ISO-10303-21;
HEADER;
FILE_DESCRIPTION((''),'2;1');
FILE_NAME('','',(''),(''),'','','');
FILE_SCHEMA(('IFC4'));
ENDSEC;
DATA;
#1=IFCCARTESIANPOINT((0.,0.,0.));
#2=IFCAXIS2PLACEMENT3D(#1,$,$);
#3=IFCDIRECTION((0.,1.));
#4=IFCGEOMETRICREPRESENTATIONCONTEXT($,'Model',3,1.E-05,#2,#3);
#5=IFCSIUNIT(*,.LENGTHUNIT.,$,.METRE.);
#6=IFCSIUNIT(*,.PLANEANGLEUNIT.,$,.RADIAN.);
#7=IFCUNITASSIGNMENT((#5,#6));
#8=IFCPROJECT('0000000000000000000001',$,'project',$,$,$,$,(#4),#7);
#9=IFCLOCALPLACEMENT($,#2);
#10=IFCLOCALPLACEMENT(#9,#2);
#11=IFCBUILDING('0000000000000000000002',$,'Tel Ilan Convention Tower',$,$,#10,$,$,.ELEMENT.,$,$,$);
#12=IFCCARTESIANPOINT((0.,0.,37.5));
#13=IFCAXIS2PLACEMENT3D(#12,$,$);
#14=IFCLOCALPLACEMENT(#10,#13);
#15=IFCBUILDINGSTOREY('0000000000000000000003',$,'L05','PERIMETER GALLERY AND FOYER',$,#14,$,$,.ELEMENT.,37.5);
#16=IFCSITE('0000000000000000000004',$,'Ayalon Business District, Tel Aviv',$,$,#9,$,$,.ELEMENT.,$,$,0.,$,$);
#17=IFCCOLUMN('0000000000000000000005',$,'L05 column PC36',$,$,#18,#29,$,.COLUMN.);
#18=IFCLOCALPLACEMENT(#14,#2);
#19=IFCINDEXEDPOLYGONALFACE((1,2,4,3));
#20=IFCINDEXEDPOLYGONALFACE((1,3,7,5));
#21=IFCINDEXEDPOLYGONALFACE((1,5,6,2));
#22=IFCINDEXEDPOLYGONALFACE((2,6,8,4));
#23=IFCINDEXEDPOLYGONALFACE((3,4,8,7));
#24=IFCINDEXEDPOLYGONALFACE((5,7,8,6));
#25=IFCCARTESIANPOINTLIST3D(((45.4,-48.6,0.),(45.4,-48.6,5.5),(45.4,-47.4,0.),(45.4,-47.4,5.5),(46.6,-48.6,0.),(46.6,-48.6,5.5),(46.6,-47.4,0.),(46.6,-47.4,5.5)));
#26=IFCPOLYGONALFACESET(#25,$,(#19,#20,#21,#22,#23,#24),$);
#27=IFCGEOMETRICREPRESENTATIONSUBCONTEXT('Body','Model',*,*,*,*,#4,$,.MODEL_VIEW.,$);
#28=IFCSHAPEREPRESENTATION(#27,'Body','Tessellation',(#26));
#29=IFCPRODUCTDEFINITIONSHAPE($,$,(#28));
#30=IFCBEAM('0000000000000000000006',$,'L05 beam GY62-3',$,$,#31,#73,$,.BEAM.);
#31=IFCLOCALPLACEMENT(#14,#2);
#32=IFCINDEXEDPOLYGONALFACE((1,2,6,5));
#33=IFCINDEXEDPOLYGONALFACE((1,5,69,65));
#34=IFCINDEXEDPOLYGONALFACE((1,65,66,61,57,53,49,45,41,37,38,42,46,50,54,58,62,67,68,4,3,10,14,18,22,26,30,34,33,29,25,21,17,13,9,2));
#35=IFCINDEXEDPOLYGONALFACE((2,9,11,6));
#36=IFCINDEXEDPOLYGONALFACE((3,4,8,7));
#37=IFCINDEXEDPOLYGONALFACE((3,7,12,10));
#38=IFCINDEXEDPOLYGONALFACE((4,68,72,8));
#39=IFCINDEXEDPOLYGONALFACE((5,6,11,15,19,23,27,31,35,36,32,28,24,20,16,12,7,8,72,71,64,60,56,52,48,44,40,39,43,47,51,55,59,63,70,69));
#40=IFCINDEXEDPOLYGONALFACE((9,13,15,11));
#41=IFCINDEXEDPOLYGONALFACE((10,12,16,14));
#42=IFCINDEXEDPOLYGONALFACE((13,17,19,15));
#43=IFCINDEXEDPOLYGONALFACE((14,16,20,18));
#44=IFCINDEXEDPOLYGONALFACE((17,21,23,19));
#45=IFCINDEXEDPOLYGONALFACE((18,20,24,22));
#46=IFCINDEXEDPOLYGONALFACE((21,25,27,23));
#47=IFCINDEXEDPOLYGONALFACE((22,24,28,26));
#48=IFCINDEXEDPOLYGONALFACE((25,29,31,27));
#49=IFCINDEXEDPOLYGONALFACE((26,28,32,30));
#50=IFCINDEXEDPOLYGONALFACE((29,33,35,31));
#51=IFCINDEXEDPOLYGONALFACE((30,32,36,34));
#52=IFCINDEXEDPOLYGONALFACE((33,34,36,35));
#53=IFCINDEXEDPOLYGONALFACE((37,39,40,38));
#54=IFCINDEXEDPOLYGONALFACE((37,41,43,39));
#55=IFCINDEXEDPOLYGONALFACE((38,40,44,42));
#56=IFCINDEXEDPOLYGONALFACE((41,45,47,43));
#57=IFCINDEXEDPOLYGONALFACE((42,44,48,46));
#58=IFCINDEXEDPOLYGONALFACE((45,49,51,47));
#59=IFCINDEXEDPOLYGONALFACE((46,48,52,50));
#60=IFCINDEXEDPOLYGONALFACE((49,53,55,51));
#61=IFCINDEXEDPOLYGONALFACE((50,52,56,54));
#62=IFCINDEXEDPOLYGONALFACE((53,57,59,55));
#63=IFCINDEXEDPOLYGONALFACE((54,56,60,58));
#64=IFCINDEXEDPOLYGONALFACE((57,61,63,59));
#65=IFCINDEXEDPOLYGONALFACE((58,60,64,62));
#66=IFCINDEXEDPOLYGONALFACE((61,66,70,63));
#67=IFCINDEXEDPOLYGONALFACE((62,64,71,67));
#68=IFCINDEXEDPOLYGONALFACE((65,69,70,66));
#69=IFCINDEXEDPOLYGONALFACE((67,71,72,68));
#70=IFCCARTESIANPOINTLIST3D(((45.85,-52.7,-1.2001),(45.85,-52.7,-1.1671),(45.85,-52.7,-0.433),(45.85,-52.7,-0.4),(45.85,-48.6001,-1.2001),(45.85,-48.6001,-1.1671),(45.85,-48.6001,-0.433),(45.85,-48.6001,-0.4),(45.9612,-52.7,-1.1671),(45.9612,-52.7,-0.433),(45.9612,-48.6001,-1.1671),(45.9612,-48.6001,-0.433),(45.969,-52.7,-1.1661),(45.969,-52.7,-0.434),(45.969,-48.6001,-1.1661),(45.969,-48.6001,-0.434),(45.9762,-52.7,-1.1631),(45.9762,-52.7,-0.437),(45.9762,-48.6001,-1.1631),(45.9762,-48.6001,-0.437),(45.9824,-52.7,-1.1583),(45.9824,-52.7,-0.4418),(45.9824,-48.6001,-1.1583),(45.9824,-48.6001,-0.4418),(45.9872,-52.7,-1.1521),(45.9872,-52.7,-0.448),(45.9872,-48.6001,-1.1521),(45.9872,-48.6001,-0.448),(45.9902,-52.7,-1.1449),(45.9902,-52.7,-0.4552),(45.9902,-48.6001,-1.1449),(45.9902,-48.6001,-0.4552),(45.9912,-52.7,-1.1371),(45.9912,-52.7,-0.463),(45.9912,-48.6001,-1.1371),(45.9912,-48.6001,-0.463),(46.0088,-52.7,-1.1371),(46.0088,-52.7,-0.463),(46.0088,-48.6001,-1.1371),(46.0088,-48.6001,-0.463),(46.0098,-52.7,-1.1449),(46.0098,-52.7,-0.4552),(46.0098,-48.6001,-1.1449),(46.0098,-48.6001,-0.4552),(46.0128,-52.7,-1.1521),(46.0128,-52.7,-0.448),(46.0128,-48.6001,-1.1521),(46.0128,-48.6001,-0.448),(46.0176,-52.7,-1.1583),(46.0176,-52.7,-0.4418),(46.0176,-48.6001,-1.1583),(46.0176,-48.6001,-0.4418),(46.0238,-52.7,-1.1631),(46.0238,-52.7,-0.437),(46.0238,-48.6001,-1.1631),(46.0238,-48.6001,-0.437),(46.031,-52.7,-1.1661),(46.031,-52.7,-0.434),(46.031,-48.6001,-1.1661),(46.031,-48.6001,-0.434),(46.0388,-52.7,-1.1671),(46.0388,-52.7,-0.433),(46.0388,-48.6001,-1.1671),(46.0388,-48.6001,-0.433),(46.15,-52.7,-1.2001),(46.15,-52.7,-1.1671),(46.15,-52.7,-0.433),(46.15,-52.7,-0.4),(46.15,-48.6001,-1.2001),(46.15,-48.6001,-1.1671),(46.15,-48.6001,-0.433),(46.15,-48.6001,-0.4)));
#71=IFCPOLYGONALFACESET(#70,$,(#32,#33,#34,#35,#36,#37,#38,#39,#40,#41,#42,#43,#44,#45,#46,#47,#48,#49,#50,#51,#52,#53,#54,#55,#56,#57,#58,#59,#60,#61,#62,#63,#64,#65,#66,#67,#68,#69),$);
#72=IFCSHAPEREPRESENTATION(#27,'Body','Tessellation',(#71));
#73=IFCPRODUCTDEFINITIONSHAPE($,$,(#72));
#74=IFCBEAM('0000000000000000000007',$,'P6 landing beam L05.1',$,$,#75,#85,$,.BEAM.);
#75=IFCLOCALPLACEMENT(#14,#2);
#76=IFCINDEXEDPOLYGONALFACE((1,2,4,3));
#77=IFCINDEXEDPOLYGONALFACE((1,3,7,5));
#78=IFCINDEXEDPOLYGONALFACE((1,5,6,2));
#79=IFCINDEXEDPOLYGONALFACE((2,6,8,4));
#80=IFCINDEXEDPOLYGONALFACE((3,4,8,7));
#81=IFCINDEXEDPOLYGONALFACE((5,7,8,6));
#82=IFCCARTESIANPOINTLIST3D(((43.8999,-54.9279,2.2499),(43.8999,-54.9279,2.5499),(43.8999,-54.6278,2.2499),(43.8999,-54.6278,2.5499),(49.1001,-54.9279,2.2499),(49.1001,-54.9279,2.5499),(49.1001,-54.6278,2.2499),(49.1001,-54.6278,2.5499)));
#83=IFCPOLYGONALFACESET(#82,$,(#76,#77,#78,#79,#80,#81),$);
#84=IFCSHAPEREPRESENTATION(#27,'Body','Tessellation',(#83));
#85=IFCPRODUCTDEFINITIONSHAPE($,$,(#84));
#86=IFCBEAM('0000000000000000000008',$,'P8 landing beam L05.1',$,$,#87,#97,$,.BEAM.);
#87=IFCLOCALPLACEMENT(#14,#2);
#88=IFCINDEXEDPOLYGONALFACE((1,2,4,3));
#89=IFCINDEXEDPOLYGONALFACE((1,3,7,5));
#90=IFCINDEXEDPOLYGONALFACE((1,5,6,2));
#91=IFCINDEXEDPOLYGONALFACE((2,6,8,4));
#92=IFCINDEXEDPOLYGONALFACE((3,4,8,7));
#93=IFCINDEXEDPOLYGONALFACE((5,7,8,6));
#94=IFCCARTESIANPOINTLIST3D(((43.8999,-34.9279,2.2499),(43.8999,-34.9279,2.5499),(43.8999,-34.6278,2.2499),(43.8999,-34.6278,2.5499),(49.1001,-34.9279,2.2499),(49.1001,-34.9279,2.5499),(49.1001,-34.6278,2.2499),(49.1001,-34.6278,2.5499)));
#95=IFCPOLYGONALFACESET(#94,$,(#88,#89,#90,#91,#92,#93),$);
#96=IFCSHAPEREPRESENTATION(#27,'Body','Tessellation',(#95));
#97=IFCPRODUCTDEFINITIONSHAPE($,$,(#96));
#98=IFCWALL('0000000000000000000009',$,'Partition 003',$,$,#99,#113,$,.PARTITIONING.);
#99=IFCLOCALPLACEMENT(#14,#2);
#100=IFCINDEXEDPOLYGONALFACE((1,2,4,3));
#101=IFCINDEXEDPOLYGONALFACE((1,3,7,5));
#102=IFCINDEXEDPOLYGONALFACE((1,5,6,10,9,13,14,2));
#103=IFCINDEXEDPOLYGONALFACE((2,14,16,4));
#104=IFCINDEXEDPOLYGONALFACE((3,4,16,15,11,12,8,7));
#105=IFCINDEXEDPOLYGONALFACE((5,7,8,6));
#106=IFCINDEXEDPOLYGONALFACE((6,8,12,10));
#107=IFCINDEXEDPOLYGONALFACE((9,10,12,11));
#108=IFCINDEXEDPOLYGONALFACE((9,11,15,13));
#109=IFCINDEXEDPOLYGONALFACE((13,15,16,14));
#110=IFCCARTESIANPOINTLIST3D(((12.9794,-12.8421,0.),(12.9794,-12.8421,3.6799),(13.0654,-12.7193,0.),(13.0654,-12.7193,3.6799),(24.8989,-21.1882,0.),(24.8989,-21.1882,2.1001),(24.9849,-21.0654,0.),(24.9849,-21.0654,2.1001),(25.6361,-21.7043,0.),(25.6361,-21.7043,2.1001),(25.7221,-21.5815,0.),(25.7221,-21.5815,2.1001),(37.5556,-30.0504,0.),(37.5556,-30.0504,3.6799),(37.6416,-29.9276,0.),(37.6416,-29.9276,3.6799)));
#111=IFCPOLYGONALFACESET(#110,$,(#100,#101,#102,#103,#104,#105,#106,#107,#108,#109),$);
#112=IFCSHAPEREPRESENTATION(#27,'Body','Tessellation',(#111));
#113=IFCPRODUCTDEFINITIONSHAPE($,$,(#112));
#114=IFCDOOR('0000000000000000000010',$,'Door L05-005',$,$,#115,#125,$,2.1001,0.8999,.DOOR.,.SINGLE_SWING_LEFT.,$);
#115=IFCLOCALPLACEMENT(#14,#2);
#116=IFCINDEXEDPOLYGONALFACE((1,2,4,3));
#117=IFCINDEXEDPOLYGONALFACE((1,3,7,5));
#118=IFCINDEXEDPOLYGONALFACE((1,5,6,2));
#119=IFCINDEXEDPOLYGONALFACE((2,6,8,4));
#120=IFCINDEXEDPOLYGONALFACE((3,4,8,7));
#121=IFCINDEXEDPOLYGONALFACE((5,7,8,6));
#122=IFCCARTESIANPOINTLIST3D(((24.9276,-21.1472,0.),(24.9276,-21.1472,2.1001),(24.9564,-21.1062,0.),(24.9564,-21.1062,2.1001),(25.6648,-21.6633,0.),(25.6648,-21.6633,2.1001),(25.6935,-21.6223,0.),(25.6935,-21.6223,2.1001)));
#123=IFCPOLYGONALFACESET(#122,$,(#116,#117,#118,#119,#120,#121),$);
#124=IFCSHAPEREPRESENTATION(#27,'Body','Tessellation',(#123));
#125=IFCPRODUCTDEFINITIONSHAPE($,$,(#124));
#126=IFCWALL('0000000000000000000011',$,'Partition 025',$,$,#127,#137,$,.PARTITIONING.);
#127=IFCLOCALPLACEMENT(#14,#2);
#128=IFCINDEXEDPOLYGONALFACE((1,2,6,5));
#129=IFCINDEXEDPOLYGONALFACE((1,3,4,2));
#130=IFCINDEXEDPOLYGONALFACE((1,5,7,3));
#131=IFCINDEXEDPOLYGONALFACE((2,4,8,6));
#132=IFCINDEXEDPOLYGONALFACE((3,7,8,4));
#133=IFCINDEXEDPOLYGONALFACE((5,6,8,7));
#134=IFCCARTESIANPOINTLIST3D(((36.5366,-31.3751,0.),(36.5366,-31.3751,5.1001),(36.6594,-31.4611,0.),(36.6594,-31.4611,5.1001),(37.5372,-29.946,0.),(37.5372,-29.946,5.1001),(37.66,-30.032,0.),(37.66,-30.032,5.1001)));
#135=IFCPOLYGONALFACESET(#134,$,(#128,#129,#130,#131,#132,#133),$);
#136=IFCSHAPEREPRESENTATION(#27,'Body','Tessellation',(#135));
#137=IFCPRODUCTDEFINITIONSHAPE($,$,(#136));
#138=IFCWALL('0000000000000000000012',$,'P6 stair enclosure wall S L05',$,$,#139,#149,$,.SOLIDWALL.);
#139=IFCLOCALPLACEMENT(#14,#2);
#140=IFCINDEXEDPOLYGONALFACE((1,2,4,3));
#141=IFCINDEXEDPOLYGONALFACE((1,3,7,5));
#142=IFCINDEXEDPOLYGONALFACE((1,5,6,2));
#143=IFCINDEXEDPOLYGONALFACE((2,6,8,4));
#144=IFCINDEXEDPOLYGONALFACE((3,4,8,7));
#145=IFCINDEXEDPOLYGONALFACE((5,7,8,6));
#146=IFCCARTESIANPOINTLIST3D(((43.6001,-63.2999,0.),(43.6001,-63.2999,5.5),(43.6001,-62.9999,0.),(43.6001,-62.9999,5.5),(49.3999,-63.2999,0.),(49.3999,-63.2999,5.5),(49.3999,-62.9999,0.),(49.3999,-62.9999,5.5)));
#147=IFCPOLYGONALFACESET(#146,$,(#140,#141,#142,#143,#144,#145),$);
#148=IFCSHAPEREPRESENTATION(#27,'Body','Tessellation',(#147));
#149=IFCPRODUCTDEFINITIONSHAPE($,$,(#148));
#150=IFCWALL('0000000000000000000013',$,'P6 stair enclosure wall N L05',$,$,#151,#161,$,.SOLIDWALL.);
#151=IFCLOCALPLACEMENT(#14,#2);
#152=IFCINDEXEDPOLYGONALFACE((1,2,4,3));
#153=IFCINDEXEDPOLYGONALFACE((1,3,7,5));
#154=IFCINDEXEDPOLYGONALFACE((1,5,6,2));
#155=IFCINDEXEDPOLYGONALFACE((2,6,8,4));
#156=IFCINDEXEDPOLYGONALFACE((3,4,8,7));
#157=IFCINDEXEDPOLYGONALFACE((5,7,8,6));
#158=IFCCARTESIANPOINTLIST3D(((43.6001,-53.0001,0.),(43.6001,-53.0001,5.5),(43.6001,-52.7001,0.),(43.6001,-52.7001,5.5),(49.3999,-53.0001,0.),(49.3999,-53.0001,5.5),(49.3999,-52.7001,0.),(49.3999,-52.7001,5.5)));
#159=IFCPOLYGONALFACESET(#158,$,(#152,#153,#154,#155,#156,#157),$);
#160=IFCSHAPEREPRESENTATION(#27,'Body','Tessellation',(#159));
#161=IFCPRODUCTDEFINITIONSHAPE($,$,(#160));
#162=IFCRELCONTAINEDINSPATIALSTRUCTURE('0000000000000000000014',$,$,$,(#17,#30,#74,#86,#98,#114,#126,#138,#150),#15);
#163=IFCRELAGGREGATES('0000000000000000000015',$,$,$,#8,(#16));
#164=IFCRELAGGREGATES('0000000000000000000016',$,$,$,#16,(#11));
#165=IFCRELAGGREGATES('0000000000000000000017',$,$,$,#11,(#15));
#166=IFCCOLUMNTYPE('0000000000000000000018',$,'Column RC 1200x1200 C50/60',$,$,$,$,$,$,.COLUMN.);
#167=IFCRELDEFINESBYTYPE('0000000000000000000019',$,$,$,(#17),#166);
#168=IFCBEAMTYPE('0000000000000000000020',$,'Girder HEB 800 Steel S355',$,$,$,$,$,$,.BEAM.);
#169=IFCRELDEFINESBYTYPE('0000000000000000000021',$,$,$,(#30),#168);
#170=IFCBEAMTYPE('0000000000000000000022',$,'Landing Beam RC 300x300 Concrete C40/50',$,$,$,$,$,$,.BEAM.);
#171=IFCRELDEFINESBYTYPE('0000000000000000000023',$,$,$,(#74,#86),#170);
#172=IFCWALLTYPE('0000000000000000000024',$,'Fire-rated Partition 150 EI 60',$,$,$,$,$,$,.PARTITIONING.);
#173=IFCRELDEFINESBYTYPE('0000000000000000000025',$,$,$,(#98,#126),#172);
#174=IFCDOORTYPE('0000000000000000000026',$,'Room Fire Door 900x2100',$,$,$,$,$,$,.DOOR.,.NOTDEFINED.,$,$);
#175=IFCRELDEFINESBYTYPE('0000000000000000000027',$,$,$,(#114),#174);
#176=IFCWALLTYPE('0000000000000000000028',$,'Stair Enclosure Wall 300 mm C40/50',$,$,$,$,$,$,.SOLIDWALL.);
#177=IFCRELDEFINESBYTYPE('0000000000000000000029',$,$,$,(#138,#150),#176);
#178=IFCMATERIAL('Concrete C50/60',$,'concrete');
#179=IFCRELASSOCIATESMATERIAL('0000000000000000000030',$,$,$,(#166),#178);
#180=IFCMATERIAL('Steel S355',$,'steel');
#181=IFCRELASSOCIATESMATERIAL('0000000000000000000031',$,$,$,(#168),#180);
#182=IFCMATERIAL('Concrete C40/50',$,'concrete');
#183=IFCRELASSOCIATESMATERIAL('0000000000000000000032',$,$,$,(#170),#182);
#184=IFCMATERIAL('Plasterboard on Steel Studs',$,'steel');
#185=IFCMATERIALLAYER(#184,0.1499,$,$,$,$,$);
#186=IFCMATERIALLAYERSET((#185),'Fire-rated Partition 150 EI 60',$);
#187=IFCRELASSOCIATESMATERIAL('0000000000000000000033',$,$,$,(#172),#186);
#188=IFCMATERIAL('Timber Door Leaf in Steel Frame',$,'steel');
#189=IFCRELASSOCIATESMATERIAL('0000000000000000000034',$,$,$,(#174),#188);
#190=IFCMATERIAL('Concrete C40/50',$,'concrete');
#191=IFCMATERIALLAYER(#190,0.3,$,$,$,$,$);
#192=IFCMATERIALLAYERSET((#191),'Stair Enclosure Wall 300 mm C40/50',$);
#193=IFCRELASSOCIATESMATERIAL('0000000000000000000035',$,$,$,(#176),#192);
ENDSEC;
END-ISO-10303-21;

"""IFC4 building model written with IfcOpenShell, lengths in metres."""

from ifc_helpers import new_model, si_unit, direction, frame, frame_2d, origin, origin_2d, place, context, subcontext, project, spatial, rectangle, i_section, extrude, material, layer, layer_set, material_profile, profile_set, type_object, element, fill, save


model = new_model("IFC4")

# Units and contexts
model_context = context("Model", 3, precision=1e-05, world=origin(), true_north=direction((0.0, 1.0)))
body_context = subcontext(model_context, "Body", "Model", "MODEL_VIEW")
ifc_project = project(units=[si_unit("LENGTHUNIT", "METRE"), si_unit("PLANEANGLEUNIT", "RADIAN")], contexts=[model_context])

# Site, building, storey
site_placement = place(None, origin())
site = spatial("IfcSite", under=ifc_project, at=site_placement, Name="Ayalon Business District, Tel Aviv", CompositionType="ELEMENT", RefElevation=0.0)
building_placement = place(site_placement, origin())
building = spatial("IfcBuilding", under=site, at=building_placement, Name="Tel Ilan Convention Tower", CompositionType="ELEMENT")
storey_placement = place(building_placement, frame((0.0, 0.0, 37.5)))
storey = spatial("IfcBuildingStorey", under=building, at=storey_placement, Name="L05", Description="PERIMETER GALLERY AND FOYER", CompositionType="ELEMENT", Elevation=37.5)

# Column
ifc_material_1 = material(Name="Concrete C50/60", Category="concrete")
ifc_material_profile_1 = material_profile(ifc_material_1, rectangle(XDim=1.2, YDim=1.2, at=origin_2d()), Name="RC 1200x1200")
ifc_profile_set_1 = profile_set([ifc_material_profile_1], Name="Concrete C50/60")
column_type = type_object("IfcColumnType", Name="Column RC 1200x1200 C50/60", PredefinedType="COLUMN", material=ifc_profile_set_1)
column_placement = place(storey_placement, frame((46.0, -48.0, 0.0), z_axis=(0.0, 0.0, 1.0), x_axis=(1.0, 0.0, 0.0)))
element("IfcColumn", 1, at=column_placement, inside=storey, type_object=column_type, Name="L05 column PC36", PredefinedType="COLUMN", context=body_context, shape_type="SweptSolid", body=[
    extrude(rectangle(XDim=1.2, YDim=1.2, at=origin_2d()), origin(), (0.0, 0.0, 1.0), 5.5),
])

# Beams
ifc_material_2 = material(Name="Steel S355", Category="steel")
ifc_material_profile_2 = material_profile(ifc_material_2, i_section(OverallWidth=0.3, OverallDepth=0.8, WebThickness=0.0176, FlangeThickness=0.033, FilletRadius=0.03, at=origin_2d()), Name="HEB 800")
ifc_profile_set_2 = profile_set([ifc_material_profile_2], Name="Steel S355")
beam_type_1 = type_object("IfcBeamType", Name="Girder HEB 800 Steel S355", PredefinedType="BEAM", material=ifc_profile_set_2)
beam_placement = place(storey_placement, frame((46.0, -52.7, -0.8), z_axis=(0.0, 1.0, 0.0), x_axis=(-1.0, 0.0, 0.0)))
element("IfcBeam", 2, at=beam_placement, inside=storey, type_object=beam_type_1, Name="L05 beam GY62-3", PredefinedType="BEAM", context=body_context, shape_type="SweptSolid", body=[
    extrude(i_section(OverallWidth=0.3, OverallDepth=0.8, WebThickness=0.0176, FlangeThickness=0.033, FilletRadius=0.03, at=origin_2d()), origin(), (0.0, 0.0, 1.0), 4.0999),
])
ifc_material_3 = material(Name="Concrete C40/50", Category="concrete")
ifc_material_profile_3 = material_profile(ifc_material_3, rectangle(XDim=0.3, YDim=0.3, at=origin_2d()), Name="RC 300x300")
ifc_profile_set_3 = profile_set([ifc_material_profile_3], Name="Concrete C40/50")
beam_type_2 = type_object("IfcBeamType", Name="Landing Beam RC 300x300 Concrete C40/50", PredefinedType="BEAM", material=ifc_profile_set_3)
for number, where, z_axis, x_axis, name in (
    (3, (49.1001, -54.7778, 2.3999), (-1.0, 0.0, 0.0), (0.0, -1.0, 0.0), "P6 landing beam L05.1"),
    (4, (49.1001, -34.7778, 2.3999), (-1.0, 0.0, 0.0), (0.0, -1.0, 0.0), "P8 landing beam L05.1"),
):
    element("IfcBeam", number, at=place(storey_placement, frame(where, z_axis=z_axis, x_axis=x_axis)), inside=storey, type_object=beam_type_2, Name=name, PredefinedType="BEAM", context=body_context, shape_type="SweptSolid", body=[
        extrude(rectangle(XDim=0.3, YDim=0.3, at=origin_2d()), origin(), (0.0, 0.0, 1.0), 5.2002),
    ])

# Wall, opening, door
ifc_material_4 = material(Name="Plasterboard on Steel Studs", Category="steel")
ifc_layer_1 = layer(ifc_material_4, 0.1499)
ifc_layer_set_1 = layer_set([ifc_layer_1], Name="Fire-rated Partition 150 EI 60")
wall_type_1 = type_object("IfcWallType", Name="Fire-rated Partition 150 EI 60", PredefinedType="PARTITIONING", material=ifc_layer_set_1)
wall_1_placement = place(storey_placement, frame((37.5986, -29.989, 0.0), z_axis=(0.0, 0.0, 1.0), x_axis=(-0.819155, 0.573573, 0.0)))
wall_1 = element("IfcWall", 5, at=wall_1_placement, inside=storey, type_object=wall_type_1, Name="Partition 003", PredefinedType="PARTITIONING", context=body_context, shape_type="SweptSolid", body=[
    extrude(rectangle(XDim=30.002, YDim=0.1499, at=frame_2d((15.001, 0.0))), origin(), (0.0, 0.0, 1.0), 3.6799),
])
opening_1_placement = place(wall_1_placement, frame((14.551, 0.0, 0.0)))
opening_1 = element("IfcOpeningElement", 6, at=opening_1_placement, cuts=wall_1, PredefinedType="OPENING", context=body_context, shape_type="SweptSolid", body=[
    extrude(rectangle(XDim=0.8999, YDim=2.1001, at=frame_2d((0.45, 1.05))), frame((0.0, 0.085, 0.0), z_axis=(0.0, -1.0, 0.0), x_axis=(1.0, 0.0, 0.0)), (0.0, 0.0, 1.0), 0.1699),
])
ifc_material_5 = material(Name="Timber Door Leaf in Steel Frame", Category="steel")
door_type_1 = type_object("IfcDoorType", Name="Room Fire Door 900x2100", OperationType="NOTDEFINED", PredefinedType="DOOR", material=ifc_material_5)
door_1_placement = place(opening_1_placement, origin())
door_1 = element("IfcDoor", 7, at=door_1_placement, inside=storey, type_object=door_type_1, Name="Door L05-005", OperationType="SINGLE_SWING_LEFT", OverallHeight=2.1001, OverallWidth=0.8999, PredefinedType="DOOR", context=body_context, shape_type="SweptSolid", body=[
    extrude(rectangle(XDim=0.8999, YDim=2.1001, at=frame_2d((0.45, 1.05))), frame((0.0, 0.0249, 0.0), z_axis=(0.0, -1.0, 0.0), x_axis=(1.0, 0.0, 0.0)), (0.0, 0.0, 1.0), 0.05),
])
fill(opening_1, door_1)

# Walls
wall_2_placement = place(storey_placement, frame((37.5986, -29.989, 0.0), z_axis=(0.0, 0.0, 1.0), x_axis=(-0.573575, -0.819153, 0.0)))
element("IfcWall", 8, at=wall_2_placement, inside=storey, type_object=wall_type_1, Name="Partition 025", PredefinedType="PARTITIONING", context=body_context, shape_type="SweptSolid", body=[
    extrude(rectangle(XDim=1.7446, YDim=0.1499, at=frame_2d((0.8723, 0.0))), origin(), (0.0, 0.0, 1.0), 5.1001),
])
ifc_material_6 = material(Name="Concrete C40/50", Category="concrete")
ifc_layer_2 = layer(ifc_material_6, 0.3)
ifc_layer_set_2 = layer_set([ifc_layer_2], Name="Stair Enclosure Wall 300 mm C40/50")
wall_type_2 = type_object("IfcWallType", Name="Stair Enclosure Wall 300 mm C40/50", PredefinedType="SOLIDWALL", material=ifc_layer_set_2)
for number, where, z_axis, x_axis, name in (
    (9, (43.6001, -63.1499, 0.0), (0.0, 0.0, 1.0), (1.0, 0.0, 0.0), "P6 stair enclosure wall S L05"),
    (10, (43.6001, -52.8501, 0.0), (0.0, 0.0, 1.0), (1.0, 0.0, 0.0), "P6 stair enclosure wall N L05"),
):
    element("IfcWall", number, at=place(storey_placement, frame(where, z_axis=z_axis, x_axis=x_axis)), inside=storey, type_object=wall_type_2, Name=name, PredefinedType="SOLIDWALL", context=body_context, shape_type="SweptSolid", body=[
        extrude(rectangle(XDim=5.7998, YDim=0.3, at=frame_2d((2.8999, 0.0))), origin(), (0.0, 0.0, 1.0), 5.5),
    ])

save(model, "model.ifc")
